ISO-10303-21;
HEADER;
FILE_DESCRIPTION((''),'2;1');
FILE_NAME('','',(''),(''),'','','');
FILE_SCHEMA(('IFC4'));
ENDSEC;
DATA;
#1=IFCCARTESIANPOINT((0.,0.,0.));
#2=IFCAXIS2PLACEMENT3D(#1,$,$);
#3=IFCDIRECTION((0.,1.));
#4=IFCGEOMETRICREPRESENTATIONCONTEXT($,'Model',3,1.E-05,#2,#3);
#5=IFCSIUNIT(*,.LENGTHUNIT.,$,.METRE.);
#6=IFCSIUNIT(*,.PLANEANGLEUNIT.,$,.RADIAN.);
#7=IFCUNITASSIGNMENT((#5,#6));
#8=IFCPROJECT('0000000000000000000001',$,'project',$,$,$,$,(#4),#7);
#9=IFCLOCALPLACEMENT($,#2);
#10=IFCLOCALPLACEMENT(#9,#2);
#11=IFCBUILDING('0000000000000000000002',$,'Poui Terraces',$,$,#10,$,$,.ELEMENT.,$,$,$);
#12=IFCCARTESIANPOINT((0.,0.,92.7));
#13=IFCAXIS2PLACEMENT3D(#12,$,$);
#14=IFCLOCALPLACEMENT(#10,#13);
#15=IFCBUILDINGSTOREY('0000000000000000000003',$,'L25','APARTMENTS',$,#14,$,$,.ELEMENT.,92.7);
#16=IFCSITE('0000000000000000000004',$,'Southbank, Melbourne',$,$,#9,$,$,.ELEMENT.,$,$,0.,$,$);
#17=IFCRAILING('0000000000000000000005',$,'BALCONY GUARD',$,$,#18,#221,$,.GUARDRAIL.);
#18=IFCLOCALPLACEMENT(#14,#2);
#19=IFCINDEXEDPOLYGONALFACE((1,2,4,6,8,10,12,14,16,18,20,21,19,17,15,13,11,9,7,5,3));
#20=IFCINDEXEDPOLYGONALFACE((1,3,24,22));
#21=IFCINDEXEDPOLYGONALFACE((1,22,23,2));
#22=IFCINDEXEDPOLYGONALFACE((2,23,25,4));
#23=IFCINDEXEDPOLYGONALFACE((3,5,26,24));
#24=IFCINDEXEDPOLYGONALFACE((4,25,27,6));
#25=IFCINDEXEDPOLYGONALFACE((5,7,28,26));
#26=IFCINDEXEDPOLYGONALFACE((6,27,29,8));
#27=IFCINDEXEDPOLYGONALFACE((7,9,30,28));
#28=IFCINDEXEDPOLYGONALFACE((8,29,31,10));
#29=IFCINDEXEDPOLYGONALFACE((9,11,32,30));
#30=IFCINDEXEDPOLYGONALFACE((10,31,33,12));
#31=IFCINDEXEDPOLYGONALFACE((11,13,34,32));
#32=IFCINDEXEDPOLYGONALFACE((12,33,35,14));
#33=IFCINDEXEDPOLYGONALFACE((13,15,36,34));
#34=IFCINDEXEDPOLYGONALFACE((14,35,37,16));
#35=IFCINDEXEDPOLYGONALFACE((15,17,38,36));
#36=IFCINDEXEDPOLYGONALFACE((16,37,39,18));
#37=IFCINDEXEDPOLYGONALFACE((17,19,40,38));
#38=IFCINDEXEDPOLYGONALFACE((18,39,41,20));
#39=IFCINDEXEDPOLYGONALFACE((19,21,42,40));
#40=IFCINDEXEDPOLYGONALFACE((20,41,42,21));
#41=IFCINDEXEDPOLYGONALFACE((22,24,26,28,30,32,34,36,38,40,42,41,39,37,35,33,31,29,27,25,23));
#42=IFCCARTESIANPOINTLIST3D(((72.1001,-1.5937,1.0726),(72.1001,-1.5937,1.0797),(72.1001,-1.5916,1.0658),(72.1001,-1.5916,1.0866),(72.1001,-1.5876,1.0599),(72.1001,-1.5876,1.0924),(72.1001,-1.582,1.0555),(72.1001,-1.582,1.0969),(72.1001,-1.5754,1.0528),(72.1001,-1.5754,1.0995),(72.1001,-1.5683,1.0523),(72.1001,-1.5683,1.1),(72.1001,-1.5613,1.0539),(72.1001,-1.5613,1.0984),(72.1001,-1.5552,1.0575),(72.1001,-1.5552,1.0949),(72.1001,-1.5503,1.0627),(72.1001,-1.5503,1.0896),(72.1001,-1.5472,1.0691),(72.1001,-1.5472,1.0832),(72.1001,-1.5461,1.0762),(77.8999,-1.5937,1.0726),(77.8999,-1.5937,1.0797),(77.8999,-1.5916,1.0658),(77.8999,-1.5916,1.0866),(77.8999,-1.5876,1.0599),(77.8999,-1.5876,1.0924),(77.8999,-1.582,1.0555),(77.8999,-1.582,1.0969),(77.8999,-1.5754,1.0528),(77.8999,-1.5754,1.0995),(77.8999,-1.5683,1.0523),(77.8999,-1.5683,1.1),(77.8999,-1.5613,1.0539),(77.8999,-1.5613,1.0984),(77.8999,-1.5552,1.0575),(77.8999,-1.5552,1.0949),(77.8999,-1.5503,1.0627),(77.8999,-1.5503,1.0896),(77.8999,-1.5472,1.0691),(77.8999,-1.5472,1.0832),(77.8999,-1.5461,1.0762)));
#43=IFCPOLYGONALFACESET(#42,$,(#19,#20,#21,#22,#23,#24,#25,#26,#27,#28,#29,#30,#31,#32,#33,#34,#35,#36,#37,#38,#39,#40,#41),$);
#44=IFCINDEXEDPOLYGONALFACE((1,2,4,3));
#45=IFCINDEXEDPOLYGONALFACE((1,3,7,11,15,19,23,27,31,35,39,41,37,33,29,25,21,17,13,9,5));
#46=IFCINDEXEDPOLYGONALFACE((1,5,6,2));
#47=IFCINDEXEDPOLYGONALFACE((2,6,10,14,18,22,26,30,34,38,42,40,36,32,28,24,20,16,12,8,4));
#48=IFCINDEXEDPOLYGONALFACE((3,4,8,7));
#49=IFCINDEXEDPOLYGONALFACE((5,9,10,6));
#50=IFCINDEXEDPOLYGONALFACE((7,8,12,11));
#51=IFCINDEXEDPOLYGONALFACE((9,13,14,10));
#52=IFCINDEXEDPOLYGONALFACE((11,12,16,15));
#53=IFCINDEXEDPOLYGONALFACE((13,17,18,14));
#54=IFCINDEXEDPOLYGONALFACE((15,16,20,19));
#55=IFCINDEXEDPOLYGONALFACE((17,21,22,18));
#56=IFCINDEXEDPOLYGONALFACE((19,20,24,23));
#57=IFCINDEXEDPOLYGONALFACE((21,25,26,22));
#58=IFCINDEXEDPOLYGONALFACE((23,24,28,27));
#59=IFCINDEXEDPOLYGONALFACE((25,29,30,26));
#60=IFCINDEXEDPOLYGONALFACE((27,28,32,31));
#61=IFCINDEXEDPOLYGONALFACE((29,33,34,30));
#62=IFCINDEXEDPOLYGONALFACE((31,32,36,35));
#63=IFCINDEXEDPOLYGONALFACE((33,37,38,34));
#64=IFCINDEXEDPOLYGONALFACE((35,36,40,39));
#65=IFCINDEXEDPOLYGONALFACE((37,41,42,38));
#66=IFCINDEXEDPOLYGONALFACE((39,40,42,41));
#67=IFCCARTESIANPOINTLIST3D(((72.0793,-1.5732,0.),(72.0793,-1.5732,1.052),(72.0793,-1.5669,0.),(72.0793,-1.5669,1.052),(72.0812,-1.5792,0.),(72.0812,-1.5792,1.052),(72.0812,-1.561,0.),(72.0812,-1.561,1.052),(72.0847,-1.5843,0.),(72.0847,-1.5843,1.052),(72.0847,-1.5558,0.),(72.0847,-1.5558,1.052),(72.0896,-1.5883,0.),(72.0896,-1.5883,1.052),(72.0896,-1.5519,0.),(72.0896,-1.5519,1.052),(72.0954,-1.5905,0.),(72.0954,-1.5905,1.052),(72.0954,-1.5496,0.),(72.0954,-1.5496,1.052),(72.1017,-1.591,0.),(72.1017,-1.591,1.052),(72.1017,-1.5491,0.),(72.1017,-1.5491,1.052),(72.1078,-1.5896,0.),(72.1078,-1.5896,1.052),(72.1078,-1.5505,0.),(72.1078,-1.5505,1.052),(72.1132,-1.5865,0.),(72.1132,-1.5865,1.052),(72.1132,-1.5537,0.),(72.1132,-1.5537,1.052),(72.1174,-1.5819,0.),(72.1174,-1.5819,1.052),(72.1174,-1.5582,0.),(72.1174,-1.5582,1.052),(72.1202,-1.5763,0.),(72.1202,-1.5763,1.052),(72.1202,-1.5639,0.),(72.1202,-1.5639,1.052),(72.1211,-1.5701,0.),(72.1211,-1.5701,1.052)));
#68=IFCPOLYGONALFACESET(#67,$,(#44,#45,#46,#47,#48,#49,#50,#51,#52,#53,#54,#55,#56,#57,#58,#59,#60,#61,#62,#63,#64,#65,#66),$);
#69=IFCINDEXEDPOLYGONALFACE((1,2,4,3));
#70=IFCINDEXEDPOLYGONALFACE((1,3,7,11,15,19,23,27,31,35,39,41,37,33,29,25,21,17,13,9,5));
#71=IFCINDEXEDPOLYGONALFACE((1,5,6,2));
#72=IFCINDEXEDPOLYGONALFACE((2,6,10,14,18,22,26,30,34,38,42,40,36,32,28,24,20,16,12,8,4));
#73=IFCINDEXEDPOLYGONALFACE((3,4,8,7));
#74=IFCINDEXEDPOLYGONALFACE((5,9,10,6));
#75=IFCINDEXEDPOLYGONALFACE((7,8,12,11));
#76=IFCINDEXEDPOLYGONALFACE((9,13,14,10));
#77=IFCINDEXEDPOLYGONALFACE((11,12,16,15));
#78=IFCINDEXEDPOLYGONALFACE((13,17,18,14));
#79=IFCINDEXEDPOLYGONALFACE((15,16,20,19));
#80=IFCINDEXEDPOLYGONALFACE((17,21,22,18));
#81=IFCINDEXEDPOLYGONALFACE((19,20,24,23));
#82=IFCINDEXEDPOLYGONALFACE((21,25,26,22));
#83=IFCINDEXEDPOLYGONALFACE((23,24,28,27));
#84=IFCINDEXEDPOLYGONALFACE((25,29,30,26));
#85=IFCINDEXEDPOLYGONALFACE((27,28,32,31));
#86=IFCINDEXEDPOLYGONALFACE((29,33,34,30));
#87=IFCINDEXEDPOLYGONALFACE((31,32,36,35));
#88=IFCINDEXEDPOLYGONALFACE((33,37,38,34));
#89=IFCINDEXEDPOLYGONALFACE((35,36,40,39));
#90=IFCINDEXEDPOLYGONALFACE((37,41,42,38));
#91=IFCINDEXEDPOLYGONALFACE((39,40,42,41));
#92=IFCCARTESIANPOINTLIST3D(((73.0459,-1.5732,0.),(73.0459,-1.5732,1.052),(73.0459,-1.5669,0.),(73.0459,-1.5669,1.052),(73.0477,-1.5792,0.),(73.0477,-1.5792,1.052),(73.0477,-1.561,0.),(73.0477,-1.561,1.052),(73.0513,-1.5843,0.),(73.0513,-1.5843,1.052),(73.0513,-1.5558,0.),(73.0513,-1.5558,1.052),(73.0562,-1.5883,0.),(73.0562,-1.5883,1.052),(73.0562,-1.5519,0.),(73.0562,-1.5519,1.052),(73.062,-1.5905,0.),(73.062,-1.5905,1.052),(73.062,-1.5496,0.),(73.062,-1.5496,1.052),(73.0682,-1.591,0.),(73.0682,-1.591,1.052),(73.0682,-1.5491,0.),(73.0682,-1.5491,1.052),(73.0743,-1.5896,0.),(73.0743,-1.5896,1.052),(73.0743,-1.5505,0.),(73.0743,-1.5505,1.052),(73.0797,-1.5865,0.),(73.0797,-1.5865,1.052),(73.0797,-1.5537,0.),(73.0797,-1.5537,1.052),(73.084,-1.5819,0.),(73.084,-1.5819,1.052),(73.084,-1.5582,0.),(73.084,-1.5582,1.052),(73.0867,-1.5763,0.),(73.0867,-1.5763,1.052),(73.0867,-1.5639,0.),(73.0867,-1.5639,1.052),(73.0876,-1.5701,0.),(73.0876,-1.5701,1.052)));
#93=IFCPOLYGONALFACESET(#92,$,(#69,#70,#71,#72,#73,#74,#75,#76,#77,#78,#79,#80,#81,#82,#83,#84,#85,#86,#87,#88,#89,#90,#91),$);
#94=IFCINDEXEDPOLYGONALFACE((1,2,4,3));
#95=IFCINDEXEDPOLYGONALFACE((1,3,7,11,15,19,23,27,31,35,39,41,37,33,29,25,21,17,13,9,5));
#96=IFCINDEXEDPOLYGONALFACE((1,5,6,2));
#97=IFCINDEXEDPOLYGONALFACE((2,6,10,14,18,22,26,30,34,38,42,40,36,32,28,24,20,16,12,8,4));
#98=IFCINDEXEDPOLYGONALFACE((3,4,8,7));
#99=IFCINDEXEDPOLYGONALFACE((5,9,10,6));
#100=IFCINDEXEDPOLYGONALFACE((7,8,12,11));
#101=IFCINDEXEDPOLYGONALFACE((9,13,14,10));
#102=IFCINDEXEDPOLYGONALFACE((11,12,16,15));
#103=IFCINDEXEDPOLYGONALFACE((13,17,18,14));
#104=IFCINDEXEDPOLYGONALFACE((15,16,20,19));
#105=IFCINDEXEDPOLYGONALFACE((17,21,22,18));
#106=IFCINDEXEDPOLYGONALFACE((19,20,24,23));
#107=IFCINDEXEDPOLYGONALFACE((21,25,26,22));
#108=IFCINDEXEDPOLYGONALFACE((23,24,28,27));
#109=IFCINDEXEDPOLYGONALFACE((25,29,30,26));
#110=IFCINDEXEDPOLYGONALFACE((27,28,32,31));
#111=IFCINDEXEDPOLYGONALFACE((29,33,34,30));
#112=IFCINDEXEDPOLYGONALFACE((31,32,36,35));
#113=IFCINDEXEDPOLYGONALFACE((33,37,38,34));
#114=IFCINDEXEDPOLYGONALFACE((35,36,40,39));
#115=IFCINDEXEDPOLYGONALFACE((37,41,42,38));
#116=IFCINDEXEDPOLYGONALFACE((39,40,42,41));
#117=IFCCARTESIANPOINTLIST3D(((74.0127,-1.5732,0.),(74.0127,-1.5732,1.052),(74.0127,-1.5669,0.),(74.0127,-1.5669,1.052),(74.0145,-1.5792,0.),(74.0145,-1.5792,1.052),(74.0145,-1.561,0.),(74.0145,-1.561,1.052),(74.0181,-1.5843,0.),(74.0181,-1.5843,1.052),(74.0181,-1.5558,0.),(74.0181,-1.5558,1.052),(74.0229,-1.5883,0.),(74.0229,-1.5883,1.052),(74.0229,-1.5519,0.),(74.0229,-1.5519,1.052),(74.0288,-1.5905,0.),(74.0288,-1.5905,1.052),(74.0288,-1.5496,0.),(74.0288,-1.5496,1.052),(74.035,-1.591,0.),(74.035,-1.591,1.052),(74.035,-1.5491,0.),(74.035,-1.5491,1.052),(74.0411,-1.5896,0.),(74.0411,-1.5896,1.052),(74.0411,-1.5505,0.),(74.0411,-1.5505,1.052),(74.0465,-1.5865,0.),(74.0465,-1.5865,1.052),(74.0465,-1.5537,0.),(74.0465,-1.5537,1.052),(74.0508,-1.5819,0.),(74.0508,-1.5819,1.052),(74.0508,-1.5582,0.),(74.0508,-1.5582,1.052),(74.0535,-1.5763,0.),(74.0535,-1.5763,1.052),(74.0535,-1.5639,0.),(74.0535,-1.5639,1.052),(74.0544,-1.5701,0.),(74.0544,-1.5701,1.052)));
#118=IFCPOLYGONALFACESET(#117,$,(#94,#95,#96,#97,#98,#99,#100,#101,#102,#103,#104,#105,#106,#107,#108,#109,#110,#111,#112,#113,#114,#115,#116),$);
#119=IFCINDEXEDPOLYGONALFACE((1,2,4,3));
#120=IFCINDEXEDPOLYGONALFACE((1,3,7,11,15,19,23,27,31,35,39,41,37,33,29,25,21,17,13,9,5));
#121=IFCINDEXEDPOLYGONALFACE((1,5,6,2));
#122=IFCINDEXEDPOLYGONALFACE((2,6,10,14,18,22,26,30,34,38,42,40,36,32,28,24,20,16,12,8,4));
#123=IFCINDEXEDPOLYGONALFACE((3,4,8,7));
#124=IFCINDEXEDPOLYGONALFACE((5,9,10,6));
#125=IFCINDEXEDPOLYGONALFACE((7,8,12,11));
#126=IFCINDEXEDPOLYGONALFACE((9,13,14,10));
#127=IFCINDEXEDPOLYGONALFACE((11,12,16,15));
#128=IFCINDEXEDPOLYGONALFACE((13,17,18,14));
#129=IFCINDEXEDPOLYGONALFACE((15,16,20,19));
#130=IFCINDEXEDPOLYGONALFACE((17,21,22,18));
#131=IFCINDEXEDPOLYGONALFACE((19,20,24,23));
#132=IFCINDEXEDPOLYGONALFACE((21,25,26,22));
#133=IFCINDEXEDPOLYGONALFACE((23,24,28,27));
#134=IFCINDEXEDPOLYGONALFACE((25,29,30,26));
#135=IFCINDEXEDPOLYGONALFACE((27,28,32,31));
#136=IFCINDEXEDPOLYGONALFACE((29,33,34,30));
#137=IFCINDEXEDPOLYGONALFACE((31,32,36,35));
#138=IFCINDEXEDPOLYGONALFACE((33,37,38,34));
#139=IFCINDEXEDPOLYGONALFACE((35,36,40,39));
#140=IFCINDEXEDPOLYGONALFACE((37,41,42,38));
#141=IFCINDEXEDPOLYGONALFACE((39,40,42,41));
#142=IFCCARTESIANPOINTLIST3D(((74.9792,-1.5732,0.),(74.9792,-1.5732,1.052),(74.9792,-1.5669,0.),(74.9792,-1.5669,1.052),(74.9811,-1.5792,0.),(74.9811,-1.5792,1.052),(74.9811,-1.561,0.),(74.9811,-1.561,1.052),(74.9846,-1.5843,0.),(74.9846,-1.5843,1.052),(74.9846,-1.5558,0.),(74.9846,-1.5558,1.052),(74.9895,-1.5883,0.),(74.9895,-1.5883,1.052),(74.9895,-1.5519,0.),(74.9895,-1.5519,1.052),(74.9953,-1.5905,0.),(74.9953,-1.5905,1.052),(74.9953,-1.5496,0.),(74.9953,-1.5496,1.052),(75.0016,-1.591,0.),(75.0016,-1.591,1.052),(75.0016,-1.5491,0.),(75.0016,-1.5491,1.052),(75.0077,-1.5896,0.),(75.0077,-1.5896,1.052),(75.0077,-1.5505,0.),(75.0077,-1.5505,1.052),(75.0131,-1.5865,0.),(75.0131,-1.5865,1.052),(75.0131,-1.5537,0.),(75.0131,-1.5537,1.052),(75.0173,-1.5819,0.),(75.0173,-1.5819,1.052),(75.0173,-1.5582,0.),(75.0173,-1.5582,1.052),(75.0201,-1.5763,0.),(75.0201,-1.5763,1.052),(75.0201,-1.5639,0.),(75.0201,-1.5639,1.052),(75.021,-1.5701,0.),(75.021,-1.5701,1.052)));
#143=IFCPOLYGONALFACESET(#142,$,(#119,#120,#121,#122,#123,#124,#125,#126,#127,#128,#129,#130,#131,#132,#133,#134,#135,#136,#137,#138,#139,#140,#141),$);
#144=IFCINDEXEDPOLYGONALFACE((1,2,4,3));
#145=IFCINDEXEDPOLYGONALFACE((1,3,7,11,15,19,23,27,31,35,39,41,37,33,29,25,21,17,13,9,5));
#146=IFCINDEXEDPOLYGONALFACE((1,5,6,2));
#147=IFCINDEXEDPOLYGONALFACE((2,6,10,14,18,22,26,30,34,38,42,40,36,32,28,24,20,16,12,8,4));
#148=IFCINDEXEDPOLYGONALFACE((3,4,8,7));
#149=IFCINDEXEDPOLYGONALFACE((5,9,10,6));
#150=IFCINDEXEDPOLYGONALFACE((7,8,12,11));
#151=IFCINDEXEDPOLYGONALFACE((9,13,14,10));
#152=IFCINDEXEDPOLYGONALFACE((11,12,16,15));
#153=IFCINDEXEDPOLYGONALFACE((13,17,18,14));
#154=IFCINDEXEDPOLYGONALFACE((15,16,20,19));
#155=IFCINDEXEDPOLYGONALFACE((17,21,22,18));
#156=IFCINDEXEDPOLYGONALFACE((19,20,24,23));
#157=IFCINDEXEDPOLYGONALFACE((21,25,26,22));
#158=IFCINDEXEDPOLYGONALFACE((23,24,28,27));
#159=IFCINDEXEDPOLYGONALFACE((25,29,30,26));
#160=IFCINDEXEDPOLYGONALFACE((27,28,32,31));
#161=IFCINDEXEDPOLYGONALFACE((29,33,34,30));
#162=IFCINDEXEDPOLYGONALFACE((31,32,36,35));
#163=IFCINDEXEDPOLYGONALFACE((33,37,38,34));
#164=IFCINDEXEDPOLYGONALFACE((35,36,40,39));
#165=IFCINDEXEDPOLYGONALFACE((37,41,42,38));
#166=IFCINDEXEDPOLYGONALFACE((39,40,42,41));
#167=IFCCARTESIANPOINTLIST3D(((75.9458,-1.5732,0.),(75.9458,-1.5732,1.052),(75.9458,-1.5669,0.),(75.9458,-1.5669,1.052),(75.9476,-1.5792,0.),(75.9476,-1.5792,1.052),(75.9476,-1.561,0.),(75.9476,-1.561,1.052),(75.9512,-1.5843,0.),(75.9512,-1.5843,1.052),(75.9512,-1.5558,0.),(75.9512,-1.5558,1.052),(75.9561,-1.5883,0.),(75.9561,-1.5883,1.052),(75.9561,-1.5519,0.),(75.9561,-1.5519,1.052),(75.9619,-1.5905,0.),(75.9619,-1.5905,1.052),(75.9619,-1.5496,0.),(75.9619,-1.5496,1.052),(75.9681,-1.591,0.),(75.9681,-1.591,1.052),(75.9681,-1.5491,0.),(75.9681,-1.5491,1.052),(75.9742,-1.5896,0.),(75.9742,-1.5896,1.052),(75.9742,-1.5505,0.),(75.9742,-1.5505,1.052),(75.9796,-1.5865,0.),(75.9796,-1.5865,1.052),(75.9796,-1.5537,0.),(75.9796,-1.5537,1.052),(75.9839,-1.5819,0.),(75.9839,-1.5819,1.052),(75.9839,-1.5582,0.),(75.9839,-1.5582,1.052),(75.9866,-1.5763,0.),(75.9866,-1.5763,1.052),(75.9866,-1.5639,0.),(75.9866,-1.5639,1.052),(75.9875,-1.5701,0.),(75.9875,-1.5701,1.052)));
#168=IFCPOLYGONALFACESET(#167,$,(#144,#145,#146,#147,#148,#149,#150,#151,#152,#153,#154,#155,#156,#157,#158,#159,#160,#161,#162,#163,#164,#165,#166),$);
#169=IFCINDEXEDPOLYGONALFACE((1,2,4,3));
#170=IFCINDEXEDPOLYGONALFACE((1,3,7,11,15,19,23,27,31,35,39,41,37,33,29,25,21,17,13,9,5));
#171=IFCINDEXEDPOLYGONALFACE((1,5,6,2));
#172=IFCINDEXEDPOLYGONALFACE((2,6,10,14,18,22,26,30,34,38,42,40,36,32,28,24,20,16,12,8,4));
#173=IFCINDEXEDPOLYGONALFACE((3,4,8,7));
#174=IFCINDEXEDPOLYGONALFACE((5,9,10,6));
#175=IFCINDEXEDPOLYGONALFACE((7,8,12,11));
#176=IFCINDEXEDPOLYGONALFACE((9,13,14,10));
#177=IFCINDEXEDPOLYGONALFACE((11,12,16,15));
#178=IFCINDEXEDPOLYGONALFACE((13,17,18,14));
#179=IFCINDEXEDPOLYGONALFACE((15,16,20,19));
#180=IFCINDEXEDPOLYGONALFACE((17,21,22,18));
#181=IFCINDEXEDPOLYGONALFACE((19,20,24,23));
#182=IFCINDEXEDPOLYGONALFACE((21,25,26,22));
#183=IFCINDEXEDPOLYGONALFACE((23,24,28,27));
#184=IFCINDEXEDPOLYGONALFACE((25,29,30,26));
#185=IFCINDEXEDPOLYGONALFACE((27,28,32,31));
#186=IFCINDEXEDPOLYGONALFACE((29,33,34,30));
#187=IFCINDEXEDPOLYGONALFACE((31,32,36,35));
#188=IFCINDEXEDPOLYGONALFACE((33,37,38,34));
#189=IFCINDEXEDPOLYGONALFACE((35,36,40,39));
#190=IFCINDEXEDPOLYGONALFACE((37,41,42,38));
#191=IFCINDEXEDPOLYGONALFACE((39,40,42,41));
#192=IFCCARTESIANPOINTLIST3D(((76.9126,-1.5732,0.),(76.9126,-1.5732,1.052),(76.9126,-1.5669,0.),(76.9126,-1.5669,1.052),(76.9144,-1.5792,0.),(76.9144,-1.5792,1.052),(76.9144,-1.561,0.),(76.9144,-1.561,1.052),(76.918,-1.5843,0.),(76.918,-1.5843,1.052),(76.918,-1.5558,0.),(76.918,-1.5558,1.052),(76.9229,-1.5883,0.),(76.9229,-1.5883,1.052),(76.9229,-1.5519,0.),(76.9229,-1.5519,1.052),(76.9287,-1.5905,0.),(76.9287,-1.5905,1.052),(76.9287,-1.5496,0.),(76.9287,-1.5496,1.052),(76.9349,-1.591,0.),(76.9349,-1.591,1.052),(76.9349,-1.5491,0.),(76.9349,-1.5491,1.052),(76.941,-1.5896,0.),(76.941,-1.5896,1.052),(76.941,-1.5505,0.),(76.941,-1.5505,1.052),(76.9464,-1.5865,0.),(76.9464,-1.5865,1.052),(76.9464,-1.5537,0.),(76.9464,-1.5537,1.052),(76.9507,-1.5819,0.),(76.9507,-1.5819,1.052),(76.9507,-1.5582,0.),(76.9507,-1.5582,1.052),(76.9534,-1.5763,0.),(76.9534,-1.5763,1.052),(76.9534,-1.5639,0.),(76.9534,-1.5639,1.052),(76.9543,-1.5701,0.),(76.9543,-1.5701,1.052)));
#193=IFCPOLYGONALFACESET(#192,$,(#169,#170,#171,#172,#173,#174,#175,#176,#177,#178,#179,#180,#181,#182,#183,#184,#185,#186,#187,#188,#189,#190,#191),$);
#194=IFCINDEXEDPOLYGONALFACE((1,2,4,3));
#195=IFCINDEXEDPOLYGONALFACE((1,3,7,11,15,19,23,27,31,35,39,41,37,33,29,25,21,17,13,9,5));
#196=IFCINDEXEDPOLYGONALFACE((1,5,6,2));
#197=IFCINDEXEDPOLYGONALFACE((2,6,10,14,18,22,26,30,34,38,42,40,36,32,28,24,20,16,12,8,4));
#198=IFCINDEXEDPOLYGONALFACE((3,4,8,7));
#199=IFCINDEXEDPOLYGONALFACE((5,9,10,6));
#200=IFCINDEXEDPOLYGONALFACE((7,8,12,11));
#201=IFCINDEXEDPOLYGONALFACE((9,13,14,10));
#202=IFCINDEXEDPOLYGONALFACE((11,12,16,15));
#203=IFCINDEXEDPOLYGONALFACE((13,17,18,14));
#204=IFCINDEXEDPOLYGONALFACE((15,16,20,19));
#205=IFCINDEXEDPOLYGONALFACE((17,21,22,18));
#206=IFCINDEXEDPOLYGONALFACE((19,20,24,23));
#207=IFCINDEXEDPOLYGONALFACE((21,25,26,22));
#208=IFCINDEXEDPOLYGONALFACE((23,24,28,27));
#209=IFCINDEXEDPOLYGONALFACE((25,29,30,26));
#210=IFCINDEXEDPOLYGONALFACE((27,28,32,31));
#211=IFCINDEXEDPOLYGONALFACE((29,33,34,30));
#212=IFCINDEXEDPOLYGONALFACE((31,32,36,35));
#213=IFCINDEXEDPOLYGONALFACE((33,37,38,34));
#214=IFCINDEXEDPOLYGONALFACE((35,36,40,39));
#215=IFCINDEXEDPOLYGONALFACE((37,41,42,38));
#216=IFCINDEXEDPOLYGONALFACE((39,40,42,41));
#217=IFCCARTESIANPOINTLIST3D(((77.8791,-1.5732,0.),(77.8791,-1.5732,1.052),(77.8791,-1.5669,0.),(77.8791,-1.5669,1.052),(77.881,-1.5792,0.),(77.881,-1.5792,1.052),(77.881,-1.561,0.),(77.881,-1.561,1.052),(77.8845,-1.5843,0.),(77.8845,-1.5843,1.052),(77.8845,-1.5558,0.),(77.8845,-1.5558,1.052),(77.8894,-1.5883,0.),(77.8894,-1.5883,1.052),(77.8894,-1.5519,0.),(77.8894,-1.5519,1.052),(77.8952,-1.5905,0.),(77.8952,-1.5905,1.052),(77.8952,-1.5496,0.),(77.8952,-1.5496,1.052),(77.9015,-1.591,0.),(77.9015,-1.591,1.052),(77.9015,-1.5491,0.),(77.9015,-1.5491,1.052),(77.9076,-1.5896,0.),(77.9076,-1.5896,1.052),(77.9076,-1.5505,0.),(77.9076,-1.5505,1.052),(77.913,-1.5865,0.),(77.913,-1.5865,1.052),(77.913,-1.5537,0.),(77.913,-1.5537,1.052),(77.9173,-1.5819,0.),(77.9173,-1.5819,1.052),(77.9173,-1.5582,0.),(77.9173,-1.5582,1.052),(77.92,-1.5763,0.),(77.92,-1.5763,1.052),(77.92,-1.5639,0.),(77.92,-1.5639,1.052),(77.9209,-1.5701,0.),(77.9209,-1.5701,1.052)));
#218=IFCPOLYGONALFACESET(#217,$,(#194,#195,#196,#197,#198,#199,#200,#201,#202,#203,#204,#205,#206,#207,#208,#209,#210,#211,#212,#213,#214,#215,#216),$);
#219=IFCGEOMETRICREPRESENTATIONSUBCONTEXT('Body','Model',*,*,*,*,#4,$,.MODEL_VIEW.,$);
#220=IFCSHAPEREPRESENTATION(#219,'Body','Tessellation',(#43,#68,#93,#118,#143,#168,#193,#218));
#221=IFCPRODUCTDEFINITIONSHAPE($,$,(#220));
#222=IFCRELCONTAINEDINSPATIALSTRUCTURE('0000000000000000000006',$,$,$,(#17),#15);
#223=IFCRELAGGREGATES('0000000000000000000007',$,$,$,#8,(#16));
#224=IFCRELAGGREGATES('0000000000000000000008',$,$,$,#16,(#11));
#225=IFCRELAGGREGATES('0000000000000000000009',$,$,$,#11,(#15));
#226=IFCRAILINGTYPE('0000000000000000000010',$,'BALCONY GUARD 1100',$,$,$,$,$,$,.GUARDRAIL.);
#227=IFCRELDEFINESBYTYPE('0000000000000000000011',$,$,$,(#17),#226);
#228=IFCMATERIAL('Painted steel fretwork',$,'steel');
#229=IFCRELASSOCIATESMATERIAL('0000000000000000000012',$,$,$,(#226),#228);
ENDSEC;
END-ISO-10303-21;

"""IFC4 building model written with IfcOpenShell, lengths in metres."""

from ifc_helpers import new_model, si_unit, direction, frame, origin, origin_2d, place, context, subcontext, project, spatial, circle, extrude, material, type_object, element, save


model = new_model("IFC4")

# Units and contexts
model_context = context("Model", 3, precision=1e-05, world=origin(), true_north=direction((0.0, 1.0)))
body_context = subcontext(model_context, "Body", "Model", "MODEL_VIEW")
ifc_project = project(units=[si_unit("LENGTHUNIT", "METRE"), si_unit("PLANEANGLEUNIT", "RADIAN")], contexts=[model_context])

# Site, building, storey
site_placement = place(None, origin())
site = spatial("IfcSite", under=ifc_project, at=site_placement, Name="Southbank, Melbourne", CompositionType="ELEMENT", RefElevation=0.0)
building_placement = place(site_placement, origin())
building = spatial("IfcBuilding", under=site, at=building_placement, Name="Poui Terraces", CompositionType="ELEMENT")
storey_placement = place(building_placement, frame((0.0, 0.0, 92.7)))
storey = spatial("IfcBuildingStorey", under=building, at=storey_placement, Name="L25", Description="APARTMENTS", CompositionType="ELEMENT", Elevation=92.7)

# Railing
ifc_material_1 = material(Name="Painted steel fretwork", Category="steel")
railing_type_1 = type_object("IfcRailingType", Name="BALCONY GUARD 1100", PredefinedType="GUARDRAIL", material=ifc_material_1)
railing_1_placement = place(storey_placement, frame((72.1001, -1.5701, 0.0)))
element("IfcRailing", 1, at=railing_1_placement, inside=storey, type_object=railing_type_1, Name="BALCONY GUARD", PredefinedType="GUARDRAIL", context=body_context, shape_type="SweptSolid", body=[
    extrude(circle(Radius=0.0239, at=origin_2d()), frame((0.0, 0.0, 1.0762), z_axis=(1.0, 0.0, 0.0), x_axis=(0.0, 1.0, 0.0)), (0.0, 0.0, 1.0), 5.7998),
    extrude(circle(Radius=0.021, at=origin_2d()), origin(), (0.0, 0.0, 1.0), 1.052),
    extrude(circle(Radius=0.021, at=origin_2d()), frame((0.9666, 0.0, 0.0)), (0.0, 0.0, 1.0), 1.052),
    extrude(circle(Radius=0.021, at=origin_2d()), frame((1.9333, 0.0, 0.0)), (0.0, 0.0, 1.0), 1.052),
    extrude(circle(Radius=0.021, at=origin_2d()), frame((2.8999, 0.0, 0.0)), (0.0, 0.0, 1.0), 1.052),
    extrude(circle(Radius=0.021, at=origin_2d()), frame((3.8665, 0.0, 0.0)), (0.0, 0.0, 1.0), 1.052),
    extrude(circle(Radius=0.021, at=origin_2d()), frame((4.8333, 0.0, 0.0)), (0.0, 0.0, 1.0), 1.052),
    extrude(circle(Radius=0.021, at=origin_2d()), frame((5.7998, 0.0, 0.0)), (0.0, 0.0, 1.0), 1.052),
])

save(model, "model.ifc")
